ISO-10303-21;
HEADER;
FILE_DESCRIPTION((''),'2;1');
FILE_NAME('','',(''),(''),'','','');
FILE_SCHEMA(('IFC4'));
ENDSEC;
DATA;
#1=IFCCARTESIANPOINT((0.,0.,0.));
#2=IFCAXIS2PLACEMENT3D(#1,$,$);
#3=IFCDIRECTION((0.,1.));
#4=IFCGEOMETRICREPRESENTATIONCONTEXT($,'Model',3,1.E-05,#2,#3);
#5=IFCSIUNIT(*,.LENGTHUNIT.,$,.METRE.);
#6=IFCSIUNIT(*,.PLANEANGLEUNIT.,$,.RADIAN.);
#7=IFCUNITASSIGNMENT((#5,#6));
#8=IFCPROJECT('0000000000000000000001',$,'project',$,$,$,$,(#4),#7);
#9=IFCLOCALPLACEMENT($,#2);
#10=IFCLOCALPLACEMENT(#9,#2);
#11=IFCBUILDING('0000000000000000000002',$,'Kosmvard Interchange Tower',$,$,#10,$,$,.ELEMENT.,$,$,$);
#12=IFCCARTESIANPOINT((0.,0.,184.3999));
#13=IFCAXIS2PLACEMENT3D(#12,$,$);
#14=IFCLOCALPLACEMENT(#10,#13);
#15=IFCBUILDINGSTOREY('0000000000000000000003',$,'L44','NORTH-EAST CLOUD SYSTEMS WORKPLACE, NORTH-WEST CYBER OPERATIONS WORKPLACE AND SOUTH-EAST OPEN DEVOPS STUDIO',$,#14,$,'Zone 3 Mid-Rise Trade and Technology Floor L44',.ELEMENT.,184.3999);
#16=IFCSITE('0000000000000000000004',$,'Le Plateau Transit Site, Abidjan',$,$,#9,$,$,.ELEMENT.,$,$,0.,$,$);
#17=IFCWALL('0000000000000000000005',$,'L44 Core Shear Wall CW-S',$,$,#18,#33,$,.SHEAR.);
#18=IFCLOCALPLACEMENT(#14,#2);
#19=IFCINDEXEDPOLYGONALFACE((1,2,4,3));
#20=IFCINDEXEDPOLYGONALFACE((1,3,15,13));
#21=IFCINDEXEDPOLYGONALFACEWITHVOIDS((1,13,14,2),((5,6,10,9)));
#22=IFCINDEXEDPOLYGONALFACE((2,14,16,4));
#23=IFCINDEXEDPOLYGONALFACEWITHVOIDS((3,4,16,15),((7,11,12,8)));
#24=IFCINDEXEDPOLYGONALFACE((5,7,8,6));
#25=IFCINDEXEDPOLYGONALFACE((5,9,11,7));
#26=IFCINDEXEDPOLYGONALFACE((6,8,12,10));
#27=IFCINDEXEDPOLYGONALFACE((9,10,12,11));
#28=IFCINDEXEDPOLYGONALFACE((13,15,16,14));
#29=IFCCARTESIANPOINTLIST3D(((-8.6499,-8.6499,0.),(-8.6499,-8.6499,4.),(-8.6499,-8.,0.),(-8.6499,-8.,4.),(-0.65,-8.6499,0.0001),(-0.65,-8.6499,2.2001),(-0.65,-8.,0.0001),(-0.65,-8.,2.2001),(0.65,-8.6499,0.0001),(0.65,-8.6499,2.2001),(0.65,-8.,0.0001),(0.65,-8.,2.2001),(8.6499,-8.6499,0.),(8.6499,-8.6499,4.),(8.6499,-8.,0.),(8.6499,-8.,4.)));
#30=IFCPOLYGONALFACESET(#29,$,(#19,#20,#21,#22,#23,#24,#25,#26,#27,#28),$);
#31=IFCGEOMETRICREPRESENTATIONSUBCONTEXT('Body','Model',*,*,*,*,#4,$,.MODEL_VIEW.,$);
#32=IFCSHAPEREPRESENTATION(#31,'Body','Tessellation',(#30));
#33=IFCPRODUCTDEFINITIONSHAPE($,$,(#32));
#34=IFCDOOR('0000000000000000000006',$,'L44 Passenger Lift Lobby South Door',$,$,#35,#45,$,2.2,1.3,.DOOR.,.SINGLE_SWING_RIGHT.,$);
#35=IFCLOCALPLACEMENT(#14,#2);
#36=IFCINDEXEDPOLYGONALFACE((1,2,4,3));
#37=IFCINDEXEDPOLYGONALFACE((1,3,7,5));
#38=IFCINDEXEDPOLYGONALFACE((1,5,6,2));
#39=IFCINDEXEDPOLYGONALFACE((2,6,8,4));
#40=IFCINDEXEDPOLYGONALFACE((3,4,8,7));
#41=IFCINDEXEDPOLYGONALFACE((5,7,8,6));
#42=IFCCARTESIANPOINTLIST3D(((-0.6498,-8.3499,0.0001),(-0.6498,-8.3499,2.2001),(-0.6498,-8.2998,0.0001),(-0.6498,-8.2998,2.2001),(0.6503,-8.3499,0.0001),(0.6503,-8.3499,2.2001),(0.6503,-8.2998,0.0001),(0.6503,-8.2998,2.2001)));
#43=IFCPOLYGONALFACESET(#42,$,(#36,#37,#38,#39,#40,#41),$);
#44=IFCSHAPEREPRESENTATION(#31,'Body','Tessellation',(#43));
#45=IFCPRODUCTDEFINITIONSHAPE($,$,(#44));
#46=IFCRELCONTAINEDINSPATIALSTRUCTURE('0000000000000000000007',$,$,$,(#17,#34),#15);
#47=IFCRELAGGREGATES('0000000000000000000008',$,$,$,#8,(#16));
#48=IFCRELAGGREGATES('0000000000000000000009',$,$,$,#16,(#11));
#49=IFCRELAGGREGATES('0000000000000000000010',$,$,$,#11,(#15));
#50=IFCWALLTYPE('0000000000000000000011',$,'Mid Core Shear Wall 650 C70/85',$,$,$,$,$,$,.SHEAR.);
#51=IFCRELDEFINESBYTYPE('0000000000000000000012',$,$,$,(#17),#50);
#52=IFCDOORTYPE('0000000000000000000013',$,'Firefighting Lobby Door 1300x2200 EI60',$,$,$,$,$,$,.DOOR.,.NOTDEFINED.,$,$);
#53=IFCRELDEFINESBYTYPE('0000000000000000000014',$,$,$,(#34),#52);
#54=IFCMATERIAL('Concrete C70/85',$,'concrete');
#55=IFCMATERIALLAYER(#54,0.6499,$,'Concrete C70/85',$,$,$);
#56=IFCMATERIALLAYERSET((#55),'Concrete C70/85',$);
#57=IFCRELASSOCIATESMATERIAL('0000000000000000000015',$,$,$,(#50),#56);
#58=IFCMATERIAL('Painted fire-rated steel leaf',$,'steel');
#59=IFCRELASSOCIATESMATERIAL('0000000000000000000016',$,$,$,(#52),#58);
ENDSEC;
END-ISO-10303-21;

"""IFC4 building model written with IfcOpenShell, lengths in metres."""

from ifc_helpers import new_model, si_unit, direction, frame, frame_2d, origin, place, context, subcontext, project, spatial, rectangle, extrude, source, transform, mapped, material, layer, layer_set, type_object, element, fill, save


model = new_model("IFC4")

# Units and contexts
model_context = context("Model", 3, precision=1e-05, world=origin(), true_north=direction((0.0, 1.0)))
body_context = subcontext(model_context, "Body", "Model", "MODEL_VIEW")
ifc_project = project(units=[si_unit("LENGTHUNIT", "METRE"), si_unit("PLANEANGLEUNIT", "RADIAN")], contexts=[model_context])

# Site, building, storey
site_placement = place(None, origin())
site = spatial("IfcSite", under=ifc_project, at=site_placement, Name="Le Plateau Transit Site, Abidjan", CompositionType="ELEMENT", RefElevation=0.0)
building_placement = place(site_placement, origin())
building = spatial("IfcBuilding", under=site, at=building_placement, Name="Kosmvard Interchange Tower", CompositionType="ELEMENT")
storey_placement = place(building_placement, frame((0.0, 0.0, 184.3999)))
storey = spatial("IfcBuildingStorey", under=building, at=storey_placement, Name="L44", Description="NORTH-EAST CLOUD SYSTEMS WORKPLACE, NORTH-WEST CYBER OPERATIONS WORKPLACE AND SOUTH-EAST OPEN DEVOPS STUDIO", LongName="Zone 3 Mid-Rise Trade and Technology Floor L44", CompositionType="ELEMENT", Elevation=184.3999)

# Wall, opening, door
ifc_material_1 = material(Name="Concrete C70/85", Category="concrete")
ifc_layer_1 = layer(ifc_material_1, 0.6499, Name="Concrete C70/85")
ifc_layer_set_1 = layer_set([ifc_layer_1], Name="Concrete C70/85")
wall_type_1 = type_object("IfcWallType", Name="Mid Core Shear Wall 650 C70/85", PredefinedType="SHEAR", material=ifc_layer_set_1)
wall_1_placement = place(storey_placement, frame((-8.6499, -8.325, 0.0), z_axis=(0.0, 0.0, 1.0), x_axis=(1.0, 0.0, 0.0)))
wall_1 = element("IfcWall", 1, at=wall_1_placement, inside=storey, type_object=wall_type_1, Name="L44 Core Shear Wall CW-S", PredefinedType="SHEAR", context=body_context, shape_type="SweptSolid", body=[
    extrude(rectangle(XDim=17.2998, YDim=0.6499, at=frame_2d((8.6499, 0.0))), origin(), (0.0, 0.0, 1.0), 4.0),
])
opening_1_placement = place(wall_1_placement, frame((8.0, 0.0, 0.0)))
opening_1 = element("IfcOpeningElement", 2, at=opening_1_placement, cuts=wall_1, PredefinedType="OPENING", context=body_context, shape_type="SweptSolid", body=[
    extrude(rectangle(XDim=1.3, YDim=2.2, at=frame_2d((0.6499, 1.1001))), frame((0.0, 0.335, 0.0), z_axis=(0.0, -1.0, 0.0), x_axis=(1.0, 0.0, 0.0)), (0.0, 0.0, 1.0), 0.6699),
])
ifc_material_2 = material(Name="Painted fire-rated steel leaf", Category="steel")
door_type_1 = type_object("IfcDoorType", Name="Firefighting Lobby Door 1300x2200 EI60", OperationType="NOTDEFINED", PredefinedType="DOOR", material=ifc_material_2)
shared_shape_1 = source(origin(), body_context, "Body", "SweptSolid", [
    extrude(rectangle(XDim=1.3, YDim=2.2, at=frame_2d((0.6499, 1.1001))), frame((0.0, 0.0249, 0.0), z_axis=(0.0, -1.0, 0.0), x_axis=(1.0, 0.0, 0.0)), (0.0, 0.0, 1.0), 0.05),
])
door_1_placement = place(opening_1_placement, frame((1.3, 0.0, 0.0), z_axis=(0.0, 0.0, 1.0), x_axis=(-1.0, 0.0, 0.0)))
door_1 = element("IfcDoor", 3, at=door_1_placement, inside=storey, type_object=door_type_1, Name="L44 Passenger Lift Lobby South Door", OperationType="SINGLE_SWING_RIGHT", OverallHeight=2.2, OverallWidth=1.3, PredefinedType="DOOR", context=body_context, shape_type="MappedRepresentation", body=[
    mapped(shared_shape_1, transform((0.0, 0.0, 0.0), scale=1.0)),
])
fill(opening_1, door_1)

save(model, "model.ifc")
